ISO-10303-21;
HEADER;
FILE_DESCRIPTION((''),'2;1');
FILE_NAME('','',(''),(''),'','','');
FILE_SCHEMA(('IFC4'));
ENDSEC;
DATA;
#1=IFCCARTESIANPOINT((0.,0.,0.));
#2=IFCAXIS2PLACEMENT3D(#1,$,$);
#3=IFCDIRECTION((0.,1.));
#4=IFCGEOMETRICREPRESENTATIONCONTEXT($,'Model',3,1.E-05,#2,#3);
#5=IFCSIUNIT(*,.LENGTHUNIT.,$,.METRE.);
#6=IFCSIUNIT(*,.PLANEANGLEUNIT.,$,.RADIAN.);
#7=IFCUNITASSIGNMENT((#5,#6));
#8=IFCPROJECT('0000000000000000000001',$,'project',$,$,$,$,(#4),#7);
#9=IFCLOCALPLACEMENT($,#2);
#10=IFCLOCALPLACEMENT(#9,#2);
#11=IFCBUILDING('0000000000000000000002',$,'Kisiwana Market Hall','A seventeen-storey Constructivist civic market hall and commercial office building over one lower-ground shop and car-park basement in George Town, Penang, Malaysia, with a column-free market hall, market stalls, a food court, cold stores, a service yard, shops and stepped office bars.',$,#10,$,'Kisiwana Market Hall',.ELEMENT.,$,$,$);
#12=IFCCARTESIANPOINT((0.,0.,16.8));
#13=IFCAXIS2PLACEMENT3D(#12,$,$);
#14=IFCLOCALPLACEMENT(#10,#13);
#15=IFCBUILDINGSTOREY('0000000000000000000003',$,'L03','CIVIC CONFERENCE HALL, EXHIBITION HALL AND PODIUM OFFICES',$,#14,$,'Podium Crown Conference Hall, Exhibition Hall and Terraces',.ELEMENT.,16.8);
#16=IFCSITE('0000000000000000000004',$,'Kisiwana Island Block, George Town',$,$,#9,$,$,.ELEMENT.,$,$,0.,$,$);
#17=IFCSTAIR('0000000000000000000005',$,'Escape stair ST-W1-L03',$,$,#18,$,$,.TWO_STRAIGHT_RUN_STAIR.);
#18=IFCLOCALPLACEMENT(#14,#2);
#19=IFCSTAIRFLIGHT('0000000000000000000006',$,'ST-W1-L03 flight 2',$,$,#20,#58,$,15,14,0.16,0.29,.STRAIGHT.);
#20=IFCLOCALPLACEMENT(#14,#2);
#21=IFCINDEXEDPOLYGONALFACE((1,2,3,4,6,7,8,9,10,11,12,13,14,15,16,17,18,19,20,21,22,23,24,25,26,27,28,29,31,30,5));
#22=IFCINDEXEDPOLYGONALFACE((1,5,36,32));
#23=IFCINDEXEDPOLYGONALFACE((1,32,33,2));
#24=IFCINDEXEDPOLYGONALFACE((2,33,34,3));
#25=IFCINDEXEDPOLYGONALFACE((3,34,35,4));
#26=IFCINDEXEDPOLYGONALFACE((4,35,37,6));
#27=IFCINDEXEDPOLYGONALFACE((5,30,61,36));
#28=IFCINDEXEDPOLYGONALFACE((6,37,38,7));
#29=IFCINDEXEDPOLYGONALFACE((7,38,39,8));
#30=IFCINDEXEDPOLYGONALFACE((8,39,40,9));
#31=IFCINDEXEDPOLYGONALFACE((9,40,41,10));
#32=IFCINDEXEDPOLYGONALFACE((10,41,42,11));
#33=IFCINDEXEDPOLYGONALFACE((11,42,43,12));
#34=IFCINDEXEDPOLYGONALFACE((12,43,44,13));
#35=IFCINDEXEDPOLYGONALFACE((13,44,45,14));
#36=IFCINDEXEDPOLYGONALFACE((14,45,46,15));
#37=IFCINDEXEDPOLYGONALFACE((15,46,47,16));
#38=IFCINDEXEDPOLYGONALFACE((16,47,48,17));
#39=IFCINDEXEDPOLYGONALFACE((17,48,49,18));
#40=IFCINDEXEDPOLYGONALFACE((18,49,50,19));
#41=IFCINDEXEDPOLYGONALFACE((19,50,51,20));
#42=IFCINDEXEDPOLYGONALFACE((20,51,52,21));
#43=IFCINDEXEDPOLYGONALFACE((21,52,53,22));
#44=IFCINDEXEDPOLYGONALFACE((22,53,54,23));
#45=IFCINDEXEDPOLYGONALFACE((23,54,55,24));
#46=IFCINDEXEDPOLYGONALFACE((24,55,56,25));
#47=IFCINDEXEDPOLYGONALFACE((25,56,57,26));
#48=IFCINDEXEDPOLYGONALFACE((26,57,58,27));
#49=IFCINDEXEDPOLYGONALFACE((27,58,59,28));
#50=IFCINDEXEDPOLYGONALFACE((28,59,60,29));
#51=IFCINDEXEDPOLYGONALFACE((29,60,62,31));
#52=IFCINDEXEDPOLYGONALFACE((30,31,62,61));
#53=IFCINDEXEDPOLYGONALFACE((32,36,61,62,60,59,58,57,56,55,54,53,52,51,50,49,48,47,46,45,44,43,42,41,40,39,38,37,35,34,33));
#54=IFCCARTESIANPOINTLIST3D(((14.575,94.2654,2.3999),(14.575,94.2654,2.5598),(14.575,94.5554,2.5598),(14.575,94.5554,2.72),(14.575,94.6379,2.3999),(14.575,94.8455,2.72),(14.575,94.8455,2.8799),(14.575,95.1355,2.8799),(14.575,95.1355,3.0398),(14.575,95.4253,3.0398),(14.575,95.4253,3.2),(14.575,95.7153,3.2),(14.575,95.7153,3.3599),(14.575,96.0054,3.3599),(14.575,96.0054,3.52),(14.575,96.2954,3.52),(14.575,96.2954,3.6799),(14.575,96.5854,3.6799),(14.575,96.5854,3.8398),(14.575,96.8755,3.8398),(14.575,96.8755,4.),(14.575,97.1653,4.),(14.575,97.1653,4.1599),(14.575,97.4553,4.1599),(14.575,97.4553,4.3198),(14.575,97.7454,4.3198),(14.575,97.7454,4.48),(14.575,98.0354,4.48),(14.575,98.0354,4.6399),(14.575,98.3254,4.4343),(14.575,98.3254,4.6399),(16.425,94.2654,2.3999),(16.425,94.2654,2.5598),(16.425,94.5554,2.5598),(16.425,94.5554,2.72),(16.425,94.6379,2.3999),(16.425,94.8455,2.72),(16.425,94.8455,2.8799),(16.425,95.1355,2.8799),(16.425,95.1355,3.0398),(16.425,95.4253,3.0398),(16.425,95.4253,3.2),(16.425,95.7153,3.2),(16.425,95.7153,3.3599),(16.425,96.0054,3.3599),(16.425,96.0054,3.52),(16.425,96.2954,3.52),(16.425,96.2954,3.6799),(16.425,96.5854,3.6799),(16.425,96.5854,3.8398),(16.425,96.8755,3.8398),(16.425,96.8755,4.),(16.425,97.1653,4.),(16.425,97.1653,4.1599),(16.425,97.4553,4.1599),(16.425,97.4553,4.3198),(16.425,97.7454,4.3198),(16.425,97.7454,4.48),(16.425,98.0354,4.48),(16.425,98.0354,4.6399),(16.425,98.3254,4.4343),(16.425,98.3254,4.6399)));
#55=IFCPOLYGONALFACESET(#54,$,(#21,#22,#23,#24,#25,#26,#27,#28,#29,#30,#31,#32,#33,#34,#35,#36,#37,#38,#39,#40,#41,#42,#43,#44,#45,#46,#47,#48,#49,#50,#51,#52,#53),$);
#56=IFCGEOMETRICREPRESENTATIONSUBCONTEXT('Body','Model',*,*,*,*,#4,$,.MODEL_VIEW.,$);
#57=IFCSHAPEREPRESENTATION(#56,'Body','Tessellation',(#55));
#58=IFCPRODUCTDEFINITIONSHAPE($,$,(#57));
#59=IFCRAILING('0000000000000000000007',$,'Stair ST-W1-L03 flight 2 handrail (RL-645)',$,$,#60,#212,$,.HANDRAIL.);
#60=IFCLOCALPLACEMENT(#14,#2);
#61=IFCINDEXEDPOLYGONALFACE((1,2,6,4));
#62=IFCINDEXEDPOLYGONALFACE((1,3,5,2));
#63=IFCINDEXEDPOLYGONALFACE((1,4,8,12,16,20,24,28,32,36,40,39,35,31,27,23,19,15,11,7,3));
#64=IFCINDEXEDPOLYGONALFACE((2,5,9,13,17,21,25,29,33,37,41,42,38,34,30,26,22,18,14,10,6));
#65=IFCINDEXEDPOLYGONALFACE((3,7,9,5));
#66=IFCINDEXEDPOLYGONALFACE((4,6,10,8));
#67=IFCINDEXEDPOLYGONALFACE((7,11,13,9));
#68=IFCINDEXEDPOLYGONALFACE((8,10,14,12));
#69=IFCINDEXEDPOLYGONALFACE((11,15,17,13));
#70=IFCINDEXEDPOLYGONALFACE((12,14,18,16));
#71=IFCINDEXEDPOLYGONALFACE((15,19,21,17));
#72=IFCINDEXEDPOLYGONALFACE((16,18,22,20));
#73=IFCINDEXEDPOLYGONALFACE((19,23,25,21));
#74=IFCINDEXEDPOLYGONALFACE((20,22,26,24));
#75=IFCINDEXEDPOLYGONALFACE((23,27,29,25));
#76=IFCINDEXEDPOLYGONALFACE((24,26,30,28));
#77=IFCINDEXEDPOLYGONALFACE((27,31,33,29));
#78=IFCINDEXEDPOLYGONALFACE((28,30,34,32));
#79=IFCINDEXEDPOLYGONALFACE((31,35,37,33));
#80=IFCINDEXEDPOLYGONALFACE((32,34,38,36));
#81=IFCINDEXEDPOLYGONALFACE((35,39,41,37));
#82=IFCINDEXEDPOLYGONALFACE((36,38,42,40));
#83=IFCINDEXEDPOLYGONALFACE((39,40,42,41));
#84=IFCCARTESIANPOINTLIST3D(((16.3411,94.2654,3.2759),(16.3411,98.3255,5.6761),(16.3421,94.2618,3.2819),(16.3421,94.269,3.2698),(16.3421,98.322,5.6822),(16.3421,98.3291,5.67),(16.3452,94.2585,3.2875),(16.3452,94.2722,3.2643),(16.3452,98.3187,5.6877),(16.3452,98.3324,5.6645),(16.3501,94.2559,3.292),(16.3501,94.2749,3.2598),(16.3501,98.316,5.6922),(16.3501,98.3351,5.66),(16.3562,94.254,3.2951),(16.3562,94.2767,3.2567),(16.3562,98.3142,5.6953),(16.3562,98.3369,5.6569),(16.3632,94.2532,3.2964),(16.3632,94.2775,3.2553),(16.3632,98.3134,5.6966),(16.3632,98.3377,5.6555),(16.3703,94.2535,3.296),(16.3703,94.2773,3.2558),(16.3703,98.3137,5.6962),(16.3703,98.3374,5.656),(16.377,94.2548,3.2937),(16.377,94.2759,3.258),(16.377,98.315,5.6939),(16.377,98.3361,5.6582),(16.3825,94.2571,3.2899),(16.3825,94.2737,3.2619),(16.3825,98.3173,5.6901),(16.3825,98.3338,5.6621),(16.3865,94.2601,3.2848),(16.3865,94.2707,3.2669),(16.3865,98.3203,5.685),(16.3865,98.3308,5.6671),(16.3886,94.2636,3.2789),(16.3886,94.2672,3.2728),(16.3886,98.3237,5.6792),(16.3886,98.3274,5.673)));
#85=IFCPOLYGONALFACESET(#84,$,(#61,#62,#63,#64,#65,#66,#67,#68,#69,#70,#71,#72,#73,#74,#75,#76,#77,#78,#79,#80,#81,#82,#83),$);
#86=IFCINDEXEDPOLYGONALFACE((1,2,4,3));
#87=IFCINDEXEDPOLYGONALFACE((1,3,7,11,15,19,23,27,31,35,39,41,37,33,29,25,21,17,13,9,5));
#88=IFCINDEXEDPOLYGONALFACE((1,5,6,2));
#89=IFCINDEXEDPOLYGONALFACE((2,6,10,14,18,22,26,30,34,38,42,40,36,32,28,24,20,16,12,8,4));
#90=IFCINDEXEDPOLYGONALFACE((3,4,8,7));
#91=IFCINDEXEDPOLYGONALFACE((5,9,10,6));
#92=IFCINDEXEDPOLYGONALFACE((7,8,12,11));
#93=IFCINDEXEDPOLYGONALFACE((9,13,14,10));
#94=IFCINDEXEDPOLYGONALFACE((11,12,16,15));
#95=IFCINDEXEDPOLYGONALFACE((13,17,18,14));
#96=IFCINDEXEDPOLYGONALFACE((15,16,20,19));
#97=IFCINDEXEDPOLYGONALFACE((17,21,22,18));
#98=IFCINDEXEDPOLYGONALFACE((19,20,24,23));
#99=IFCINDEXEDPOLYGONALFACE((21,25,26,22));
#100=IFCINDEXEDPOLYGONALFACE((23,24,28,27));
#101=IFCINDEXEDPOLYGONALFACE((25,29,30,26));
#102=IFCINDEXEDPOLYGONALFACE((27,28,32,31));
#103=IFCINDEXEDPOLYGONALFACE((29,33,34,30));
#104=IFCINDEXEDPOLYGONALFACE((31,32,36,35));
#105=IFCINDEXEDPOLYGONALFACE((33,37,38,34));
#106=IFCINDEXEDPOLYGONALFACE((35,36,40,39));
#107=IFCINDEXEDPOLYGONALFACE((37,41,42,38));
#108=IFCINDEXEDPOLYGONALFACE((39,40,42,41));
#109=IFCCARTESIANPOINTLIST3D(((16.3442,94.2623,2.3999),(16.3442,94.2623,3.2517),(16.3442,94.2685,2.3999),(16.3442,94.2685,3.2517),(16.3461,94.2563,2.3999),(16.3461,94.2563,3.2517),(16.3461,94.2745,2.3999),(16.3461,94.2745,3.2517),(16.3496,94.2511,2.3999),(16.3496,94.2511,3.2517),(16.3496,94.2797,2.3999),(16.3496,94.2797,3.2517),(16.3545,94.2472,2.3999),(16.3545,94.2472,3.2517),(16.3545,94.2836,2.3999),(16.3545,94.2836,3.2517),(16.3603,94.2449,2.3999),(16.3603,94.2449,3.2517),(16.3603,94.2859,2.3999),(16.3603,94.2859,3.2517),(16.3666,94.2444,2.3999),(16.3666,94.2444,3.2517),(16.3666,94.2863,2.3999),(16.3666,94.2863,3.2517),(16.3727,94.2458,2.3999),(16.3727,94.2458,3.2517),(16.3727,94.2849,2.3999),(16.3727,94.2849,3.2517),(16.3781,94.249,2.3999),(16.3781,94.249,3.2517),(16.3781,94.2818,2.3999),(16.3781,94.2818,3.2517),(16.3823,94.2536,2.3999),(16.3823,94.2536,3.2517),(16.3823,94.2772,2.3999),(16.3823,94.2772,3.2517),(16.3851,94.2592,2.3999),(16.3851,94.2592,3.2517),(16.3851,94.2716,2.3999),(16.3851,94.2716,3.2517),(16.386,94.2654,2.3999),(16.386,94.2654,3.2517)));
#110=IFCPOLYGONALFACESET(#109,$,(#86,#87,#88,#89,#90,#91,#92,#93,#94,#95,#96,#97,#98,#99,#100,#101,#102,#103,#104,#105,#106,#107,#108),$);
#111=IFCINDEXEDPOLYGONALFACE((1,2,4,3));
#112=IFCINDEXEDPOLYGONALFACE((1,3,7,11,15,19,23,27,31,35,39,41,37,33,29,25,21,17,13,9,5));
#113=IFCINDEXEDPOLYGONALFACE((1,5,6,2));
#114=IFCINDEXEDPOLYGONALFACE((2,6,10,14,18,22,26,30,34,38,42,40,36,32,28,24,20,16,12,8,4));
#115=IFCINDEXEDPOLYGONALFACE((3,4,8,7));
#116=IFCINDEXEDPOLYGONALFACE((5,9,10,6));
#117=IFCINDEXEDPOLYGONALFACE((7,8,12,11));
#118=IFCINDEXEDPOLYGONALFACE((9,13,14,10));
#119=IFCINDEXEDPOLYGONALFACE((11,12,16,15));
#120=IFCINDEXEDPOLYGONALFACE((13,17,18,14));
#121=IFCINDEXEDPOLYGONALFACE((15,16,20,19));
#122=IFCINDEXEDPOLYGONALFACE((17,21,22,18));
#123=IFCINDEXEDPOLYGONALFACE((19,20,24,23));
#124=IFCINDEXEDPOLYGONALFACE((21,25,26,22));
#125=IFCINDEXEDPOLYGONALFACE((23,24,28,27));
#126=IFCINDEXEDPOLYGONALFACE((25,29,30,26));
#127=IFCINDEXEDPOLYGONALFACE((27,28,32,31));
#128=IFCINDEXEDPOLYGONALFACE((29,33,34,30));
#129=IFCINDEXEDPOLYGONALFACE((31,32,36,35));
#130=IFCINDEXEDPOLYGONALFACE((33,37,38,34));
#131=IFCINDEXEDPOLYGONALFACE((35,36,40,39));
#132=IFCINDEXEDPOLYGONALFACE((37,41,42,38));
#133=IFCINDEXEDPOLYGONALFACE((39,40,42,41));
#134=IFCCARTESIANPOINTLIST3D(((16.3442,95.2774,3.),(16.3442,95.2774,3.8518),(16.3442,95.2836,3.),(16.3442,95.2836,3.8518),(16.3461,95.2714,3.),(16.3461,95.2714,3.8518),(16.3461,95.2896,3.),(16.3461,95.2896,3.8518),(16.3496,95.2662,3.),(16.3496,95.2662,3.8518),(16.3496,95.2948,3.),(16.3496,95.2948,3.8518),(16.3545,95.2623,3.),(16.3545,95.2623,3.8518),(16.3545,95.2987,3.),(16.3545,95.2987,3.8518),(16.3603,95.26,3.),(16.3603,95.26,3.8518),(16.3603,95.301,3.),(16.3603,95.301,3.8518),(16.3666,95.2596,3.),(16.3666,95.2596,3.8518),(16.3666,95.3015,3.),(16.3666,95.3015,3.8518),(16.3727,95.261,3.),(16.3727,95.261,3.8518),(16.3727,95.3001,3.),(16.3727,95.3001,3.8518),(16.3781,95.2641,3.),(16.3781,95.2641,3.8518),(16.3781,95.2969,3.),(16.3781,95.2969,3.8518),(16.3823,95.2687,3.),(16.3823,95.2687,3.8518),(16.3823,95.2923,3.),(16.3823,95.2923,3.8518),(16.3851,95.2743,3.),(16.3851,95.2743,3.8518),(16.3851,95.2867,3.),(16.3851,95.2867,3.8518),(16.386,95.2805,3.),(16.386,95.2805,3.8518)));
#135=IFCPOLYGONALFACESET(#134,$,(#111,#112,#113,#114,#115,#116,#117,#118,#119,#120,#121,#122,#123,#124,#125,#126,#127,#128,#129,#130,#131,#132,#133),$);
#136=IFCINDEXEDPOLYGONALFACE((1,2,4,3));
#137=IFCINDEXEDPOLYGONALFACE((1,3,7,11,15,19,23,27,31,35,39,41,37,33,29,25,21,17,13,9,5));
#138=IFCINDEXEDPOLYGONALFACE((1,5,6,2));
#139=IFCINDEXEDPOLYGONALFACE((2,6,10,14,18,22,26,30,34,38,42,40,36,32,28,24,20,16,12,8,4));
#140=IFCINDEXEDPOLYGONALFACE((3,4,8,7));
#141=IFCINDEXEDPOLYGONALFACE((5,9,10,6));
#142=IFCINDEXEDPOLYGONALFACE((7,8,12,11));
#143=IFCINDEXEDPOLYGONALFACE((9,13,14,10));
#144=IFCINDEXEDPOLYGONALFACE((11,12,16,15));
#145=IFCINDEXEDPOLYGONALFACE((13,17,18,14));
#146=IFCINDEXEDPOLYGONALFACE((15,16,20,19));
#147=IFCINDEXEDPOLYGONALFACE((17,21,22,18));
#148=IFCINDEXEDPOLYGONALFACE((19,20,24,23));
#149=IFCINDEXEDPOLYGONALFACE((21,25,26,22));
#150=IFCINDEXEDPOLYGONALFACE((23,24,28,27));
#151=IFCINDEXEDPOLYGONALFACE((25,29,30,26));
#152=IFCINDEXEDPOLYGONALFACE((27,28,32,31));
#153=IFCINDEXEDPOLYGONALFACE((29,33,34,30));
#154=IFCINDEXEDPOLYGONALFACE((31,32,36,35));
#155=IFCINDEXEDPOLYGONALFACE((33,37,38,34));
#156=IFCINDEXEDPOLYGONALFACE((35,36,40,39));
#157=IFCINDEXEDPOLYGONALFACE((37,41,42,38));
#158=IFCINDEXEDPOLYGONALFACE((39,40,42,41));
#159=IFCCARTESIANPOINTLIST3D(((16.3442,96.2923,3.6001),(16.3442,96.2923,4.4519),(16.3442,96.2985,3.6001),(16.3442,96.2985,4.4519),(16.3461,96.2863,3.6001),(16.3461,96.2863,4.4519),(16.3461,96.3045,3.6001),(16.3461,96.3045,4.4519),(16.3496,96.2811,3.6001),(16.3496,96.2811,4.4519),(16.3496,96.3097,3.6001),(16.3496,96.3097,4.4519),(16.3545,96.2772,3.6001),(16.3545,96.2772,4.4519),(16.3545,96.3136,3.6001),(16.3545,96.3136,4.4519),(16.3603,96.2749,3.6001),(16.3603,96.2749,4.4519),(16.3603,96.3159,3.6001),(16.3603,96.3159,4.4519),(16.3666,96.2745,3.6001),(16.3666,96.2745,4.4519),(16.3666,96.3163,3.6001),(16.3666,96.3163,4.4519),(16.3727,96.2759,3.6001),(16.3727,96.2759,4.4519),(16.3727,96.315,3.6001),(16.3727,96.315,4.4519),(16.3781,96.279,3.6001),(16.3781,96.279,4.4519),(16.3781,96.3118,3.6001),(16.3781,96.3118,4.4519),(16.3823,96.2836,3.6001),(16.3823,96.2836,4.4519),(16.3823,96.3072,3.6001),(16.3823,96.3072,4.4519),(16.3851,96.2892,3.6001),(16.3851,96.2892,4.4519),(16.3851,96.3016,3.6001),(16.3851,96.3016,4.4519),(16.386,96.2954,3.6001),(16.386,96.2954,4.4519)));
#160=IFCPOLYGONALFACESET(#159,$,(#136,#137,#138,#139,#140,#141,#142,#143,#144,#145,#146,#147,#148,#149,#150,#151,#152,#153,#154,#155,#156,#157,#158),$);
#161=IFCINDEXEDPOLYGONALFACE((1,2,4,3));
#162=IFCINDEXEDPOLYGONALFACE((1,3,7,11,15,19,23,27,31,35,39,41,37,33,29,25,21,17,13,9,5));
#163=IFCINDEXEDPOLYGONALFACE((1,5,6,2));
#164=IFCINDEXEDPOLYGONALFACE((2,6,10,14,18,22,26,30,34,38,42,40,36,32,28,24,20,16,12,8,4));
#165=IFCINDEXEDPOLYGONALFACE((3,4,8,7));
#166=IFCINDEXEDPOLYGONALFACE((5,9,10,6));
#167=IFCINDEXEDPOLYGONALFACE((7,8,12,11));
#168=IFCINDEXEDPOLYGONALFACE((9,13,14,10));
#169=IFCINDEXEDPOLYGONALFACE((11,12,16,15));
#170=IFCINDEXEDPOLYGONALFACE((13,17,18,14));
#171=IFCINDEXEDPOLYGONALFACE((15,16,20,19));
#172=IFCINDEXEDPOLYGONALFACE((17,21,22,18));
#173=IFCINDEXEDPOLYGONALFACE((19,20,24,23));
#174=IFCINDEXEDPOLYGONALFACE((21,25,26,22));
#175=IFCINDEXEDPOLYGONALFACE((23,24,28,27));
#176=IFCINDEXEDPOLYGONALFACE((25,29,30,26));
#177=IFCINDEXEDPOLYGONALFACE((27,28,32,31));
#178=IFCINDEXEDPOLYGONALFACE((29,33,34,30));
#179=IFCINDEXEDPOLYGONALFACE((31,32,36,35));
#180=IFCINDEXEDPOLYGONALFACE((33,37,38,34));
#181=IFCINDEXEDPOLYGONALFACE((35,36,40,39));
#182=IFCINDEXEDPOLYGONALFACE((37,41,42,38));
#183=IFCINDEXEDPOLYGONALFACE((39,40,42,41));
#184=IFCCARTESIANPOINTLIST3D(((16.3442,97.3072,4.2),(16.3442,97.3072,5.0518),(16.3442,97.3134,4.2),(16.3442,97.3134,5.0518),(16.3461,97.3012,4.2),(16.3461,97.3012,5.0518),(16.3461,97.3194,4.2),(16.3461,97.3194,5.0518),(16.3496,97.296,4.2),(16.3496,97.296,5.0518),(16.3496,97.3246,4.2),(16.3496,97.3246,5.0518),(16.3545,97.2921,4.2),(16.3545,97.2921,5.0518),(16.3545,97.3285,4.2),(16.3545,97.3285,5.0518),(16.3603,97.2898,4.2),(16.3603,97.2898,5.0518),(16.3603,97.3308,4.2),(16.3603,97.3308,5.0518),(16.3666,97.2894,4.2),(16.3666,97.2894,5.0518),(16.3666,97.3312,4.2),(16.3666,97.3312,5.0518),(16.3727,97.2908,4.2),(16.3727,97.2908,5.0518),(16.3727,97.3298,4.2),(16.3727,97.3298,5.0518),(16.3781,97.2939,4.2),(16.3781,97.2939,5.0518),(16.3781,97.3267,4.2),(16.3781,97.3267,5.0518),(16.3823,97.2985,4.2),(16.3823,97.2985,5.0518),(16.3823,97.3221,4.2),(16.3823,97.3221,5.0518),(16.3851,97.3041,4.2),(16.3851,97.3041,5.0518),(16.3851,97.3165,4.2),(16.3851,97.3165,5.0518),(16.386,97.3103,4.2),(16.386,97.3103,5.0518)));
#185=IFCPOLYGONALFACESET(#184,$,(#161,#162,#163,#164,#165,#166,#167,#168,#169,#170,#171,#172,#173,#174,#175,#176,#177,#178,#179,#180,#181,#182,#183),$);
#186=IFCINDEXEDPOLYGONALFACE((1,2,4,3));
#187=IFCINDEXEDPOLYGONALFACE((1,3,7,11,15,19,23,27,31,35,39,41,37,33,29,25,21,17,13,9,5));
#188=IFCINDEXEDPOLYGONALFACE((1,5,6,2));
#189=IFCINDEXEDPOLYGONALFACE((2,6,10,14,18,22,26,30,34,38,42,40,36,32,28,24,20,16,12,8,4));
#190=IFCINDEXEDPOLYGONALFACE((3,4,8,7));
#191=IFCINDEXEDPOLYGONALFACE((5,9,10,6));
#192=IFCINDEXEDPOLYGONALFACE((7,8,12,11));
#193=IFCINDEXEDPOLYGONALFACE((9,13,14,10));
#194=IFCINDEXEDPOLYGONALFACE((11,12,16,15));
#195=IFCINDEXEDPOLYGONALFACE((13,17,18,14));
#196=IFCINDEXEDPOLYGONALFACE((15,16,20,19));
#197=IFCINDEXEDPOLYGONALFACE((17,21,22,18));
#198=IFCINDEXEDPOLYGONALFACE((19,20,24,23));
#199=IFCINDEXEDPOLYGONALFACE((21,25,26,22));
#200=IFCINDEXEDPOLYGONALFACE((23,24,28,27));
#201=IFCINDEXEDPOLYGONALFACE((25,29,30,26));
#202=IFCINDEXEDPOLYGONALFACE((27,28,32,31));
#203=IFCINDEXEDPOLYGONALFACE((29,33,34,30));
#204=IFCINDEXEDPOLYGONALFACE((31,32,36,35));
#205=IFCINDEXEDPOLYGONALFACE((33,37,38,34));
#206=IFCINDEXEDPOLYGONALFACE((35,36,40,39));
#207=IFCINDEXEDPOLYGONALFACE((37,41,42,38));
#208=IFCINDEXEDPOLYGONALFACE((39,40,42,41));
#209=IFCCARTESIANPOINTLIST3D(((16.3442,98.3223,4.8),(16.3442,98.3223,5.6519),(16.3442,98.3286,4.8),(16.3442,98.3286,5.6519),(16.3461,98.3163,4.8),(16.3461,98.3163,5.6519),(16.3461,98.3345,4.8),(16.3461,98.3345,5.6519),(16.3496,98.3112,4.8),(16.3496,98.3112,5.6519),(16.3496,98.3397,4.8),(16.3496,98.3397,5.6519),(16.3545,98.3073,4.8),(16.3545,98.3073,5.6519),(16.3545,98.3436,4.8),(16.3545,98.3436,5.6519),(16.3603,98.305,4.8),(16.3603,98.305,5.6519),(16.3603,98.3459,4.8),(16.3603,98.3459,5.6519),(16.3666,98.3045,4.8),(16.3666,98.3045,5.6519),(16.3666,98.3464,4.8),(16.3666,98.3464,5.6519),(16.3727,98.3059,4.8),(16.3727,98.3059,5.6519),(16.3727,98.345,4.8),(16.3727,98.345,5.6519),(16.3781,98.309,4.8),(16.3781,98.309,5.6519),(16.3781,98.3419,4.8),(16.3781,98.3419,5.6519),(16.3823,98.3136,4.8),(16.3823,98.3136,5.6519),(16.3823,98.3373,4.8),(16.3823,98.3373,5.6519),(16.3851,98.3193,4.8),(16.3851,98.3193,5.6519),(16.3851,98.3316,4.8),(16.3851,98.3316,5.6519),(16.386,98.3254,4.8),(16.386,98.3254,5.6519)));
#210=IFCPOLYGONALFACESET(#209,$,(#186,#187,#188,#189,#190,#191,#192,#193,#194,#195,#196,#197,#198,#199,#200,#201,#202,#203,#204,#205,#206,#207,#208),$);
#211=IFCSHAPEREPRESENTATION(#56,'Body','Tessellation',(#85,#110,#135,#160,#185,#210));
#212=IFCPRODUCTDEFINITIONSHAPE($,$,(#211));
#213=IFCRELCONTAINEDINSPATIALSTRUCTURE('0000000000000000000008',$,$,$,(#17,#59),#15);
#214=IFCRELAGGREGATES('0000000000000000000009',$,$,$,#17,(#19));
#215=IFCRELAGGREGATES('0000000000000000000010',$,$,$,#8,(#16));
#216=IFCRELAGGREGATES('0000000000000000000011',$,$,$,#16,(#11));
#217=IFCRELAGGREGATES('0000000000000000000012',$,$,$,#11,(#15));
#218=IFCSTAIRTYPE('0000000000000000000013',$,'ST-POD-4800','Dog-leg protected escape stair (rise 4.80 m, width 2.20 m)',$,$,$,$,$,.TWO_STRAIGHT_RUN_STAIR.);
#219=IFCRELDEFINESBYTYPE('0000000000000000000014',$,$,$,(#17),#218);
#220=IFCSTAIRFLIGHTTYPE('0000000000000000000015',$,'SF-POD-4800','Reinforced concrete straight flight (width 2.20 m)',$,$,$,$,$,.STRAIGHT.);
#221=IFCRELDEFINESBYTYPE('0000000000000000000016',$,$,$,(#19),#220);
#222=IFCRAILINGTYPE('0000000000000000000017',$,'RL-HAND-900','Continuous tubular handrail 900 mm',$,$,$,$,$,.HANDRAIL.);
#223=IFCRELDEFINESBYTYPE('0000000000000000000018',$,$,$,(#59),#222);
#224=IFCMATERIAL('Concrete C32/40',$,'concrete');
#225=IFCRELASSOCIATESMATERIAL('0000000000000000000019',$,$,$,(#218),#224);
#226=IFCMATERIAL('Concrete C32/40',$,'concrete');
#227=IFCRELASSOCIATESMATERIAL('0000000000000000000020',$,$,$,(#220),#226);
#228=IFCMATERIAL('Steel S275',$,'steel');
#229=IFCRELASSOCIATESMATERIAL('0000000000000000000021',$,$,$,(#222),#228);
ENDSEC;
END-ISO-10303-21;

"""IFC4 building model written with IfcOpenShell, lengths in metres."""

from ifc_helpers import new_model, si_unit, direction, frame, origin, origin_2d, place, context, subcontext, project, spatial, polyline, circle, outline, extrude, material, type_object, element, aggregate, save


model = new_model("IFC4")

# Units and contexts
model_context = context("Model", 3, precision=1e-05, world=origin(), true_north=direction((0.0, 1.0)))
body_context = subcontext(model_context, "Body", "Model", "MODEL_VIEW")
ifc_project = project(units=[si_unit("LENGTHUNIT", "METRE"), si_unit("PLANEANGLEUNIT", "RADIAN")], contexts=[model_context])

# Site, building, storey
site_placement = place(None, origin())
site = spatial("IfcSite", under=ifc_project, at=site_placement, Name="Kisiwana Island Block, George Town", CompositionType="ELEMENT", RefElevation=0.0)
building_placement = place(site_placement, origin())
building = spatial("IfcBuilding", under=site, at=building_placement, Name="Kisiwana Market Hall", Description="A seventeen-storey Constructivist civic market hall and commercial office building over one lower-ground shop and car-park basement in George Town, Penang, Malaysia, with a column-free market hall, market stalls, a food court, cold stores, a service yard, shops and stepped office bars.", LongName="Kisiwana Market Hall", CompositionType="ELEMENT")
storey_placement = place(building_placement, frame((0.0, 0.0, 16.8)))
storey = spatial("IfcBuildingStorey", under=building, at=storey_placement, Name="L03", Description="CIVIC CONFERENCE HALL, EXHIBITION HALL AND PODIUM OFFICES", LongName="Podium Crown Conference Hall, Exhibition Hall and Terraces", CompositionType="ELEMENT", Elevation=16.8)

# Stair, stair flight
ifc_material_1 = material(Name="Concrete C32/40", Category="concrete")
stair_type = type_object("IfcStairType", Name="ST-POD-4800", Description="Dog-leg protected escape stair (rise 4.80 m, width 2.20 m)", PredefinedType="TWO_STRAIGHT_RUN_STAIR", material=ifc_material_1)
stair_placement = place(storey_placement, origin())
stair = element("IfcStair", 1, at=stair_placement, inside=storey, type_object=stair_type, Name="Escape stair ST-W1-L03", PredefinedType="TWO_STRAIGHT_RUN_STAIR")
ifc_material_2 = material(Name="Concrete C32/40", Category="concrete")
stair_flight_type = type_object("IfcStairFlightType", Name="SF-POD-4800", Description="Reinforced concrete straight flight (width 2.20 m)", PredefinedType="STRAIGHT", material=ifc_material_2)
stair_flight_placement = place(storey_placement, frame((15.5, 94.2654, 2.3999), z_axis=(0.0, 0.0, 1.0), x_axis=(0.0, 1.0, 0.0)))
stair_flight = element("IfcStairFlight", 2, at=stair_flight_placement, type_object=stair_flight_type, Name="ST-W1-L03 flight 2", NumberOfRisers=15, NumberOfTreads=14, PredefinedType="STRAIGHT", RiserHeight=0.16, TreadLength=0.29, context=body_context, shape_type="SweptSolid", body=[
    extrude(outline(polyline([(0.0, 0.0), (0.0, 0.1599), (0.29, 0.1599), (0.29, 0.3201), (0.5801, 0.3201), (0.5801, 0.48), (0.8701, 0.48), (0.8701, 0.6399), (1.1599, 0.6399), (1.1599, 0.8), (1.45, 0.8), (1.45, 0.96), (1.74, 0.96), (1.74, 1.1201), (2.03, 1.1201), (2.03, 1.28), (2.3201, 1.28), (2.3201, 1.4399), (2.6101, 1.4399), (2.6101, 1.6001), (2.8999, 1.6001), (2.8999, 1.76), (3.1899, 1.76), (3.1899, 1.9199), (3.48, 1.9199), (3.48, 2.0801), (3.77, 2.0801), (3.77, 2.24), (4.0601, 2.24), (4.0601, 2.3999), (4.0601, 2.0344), (0.3726, 0.0), (0.0, 0.0)])), frame((0.0, 0.925, 0.0), z_axis=(0.0, -1.0, 0.0), x_axis=(1.0, 0.0, 0.0)), (0.0, 0.0, 1.0), 1.8501),
])
aggregate(stair, [stair_flight])

# Railing
ifc_material_3 = material(Name="Steel S275", Category="steel")
railing_type = type_object("IfcRailingType", Name="RL-HAND-900", Description="Continuous tubular handrail 900 mm", PredefinedType="HANDRAIL", material=ifc_material_3)
railing_placement = place(storey_placement, frame((16.365, 94.2654, 2.3999)))
element("IfcRailing", 3, at=railing_placement, inside=storey, type_object=railing_type, Name="Stair ST-W1-L03 flight 2 handrail (RL-645)", PredefinedType="HANDRAIL", context=body_context, shape_type="SweptSolid", body=[
    extrude(circle(Radius=0.0239, at=origin_2d()), frame((0.0, 0.0, 0.876), z_axis=(0.0, 0.860832, 0.50889), x_axis=(-1.0, 0.0, 0.0)), (0.0, 0.0, 1.0), 4.7166),
    extrude(circle(Radius=0.021, at=origin_2d()), origin(), (0.0, 0.0, 1.0), 0.8518),
    extrude(circle(Radius=0.021, at=origin_2d()), frame((0.0, 1.0151, 0.6001)), (0.0, 0.0, 1.0), 0.8518),
    extrude(circle(Radius=0.021, at=origin_2d()), frame((0.0, 2.03, 1.2002)), (0.0, 0.0, 1.0), 0.8518),
    extrude(circle(Radius=0.021, at=origin_2d()), frame((0.0, 3.0449, 1.8)), (0.0, 0.0, 1.0), 0.8518),
    extrude(circle(Radius=0.021, at=origin_2d()), frame((0.0, 4.0601, 2.4001)), (0.0, 0.0, 1.0), 0.8518),
])

save(model, "model.ifc")
